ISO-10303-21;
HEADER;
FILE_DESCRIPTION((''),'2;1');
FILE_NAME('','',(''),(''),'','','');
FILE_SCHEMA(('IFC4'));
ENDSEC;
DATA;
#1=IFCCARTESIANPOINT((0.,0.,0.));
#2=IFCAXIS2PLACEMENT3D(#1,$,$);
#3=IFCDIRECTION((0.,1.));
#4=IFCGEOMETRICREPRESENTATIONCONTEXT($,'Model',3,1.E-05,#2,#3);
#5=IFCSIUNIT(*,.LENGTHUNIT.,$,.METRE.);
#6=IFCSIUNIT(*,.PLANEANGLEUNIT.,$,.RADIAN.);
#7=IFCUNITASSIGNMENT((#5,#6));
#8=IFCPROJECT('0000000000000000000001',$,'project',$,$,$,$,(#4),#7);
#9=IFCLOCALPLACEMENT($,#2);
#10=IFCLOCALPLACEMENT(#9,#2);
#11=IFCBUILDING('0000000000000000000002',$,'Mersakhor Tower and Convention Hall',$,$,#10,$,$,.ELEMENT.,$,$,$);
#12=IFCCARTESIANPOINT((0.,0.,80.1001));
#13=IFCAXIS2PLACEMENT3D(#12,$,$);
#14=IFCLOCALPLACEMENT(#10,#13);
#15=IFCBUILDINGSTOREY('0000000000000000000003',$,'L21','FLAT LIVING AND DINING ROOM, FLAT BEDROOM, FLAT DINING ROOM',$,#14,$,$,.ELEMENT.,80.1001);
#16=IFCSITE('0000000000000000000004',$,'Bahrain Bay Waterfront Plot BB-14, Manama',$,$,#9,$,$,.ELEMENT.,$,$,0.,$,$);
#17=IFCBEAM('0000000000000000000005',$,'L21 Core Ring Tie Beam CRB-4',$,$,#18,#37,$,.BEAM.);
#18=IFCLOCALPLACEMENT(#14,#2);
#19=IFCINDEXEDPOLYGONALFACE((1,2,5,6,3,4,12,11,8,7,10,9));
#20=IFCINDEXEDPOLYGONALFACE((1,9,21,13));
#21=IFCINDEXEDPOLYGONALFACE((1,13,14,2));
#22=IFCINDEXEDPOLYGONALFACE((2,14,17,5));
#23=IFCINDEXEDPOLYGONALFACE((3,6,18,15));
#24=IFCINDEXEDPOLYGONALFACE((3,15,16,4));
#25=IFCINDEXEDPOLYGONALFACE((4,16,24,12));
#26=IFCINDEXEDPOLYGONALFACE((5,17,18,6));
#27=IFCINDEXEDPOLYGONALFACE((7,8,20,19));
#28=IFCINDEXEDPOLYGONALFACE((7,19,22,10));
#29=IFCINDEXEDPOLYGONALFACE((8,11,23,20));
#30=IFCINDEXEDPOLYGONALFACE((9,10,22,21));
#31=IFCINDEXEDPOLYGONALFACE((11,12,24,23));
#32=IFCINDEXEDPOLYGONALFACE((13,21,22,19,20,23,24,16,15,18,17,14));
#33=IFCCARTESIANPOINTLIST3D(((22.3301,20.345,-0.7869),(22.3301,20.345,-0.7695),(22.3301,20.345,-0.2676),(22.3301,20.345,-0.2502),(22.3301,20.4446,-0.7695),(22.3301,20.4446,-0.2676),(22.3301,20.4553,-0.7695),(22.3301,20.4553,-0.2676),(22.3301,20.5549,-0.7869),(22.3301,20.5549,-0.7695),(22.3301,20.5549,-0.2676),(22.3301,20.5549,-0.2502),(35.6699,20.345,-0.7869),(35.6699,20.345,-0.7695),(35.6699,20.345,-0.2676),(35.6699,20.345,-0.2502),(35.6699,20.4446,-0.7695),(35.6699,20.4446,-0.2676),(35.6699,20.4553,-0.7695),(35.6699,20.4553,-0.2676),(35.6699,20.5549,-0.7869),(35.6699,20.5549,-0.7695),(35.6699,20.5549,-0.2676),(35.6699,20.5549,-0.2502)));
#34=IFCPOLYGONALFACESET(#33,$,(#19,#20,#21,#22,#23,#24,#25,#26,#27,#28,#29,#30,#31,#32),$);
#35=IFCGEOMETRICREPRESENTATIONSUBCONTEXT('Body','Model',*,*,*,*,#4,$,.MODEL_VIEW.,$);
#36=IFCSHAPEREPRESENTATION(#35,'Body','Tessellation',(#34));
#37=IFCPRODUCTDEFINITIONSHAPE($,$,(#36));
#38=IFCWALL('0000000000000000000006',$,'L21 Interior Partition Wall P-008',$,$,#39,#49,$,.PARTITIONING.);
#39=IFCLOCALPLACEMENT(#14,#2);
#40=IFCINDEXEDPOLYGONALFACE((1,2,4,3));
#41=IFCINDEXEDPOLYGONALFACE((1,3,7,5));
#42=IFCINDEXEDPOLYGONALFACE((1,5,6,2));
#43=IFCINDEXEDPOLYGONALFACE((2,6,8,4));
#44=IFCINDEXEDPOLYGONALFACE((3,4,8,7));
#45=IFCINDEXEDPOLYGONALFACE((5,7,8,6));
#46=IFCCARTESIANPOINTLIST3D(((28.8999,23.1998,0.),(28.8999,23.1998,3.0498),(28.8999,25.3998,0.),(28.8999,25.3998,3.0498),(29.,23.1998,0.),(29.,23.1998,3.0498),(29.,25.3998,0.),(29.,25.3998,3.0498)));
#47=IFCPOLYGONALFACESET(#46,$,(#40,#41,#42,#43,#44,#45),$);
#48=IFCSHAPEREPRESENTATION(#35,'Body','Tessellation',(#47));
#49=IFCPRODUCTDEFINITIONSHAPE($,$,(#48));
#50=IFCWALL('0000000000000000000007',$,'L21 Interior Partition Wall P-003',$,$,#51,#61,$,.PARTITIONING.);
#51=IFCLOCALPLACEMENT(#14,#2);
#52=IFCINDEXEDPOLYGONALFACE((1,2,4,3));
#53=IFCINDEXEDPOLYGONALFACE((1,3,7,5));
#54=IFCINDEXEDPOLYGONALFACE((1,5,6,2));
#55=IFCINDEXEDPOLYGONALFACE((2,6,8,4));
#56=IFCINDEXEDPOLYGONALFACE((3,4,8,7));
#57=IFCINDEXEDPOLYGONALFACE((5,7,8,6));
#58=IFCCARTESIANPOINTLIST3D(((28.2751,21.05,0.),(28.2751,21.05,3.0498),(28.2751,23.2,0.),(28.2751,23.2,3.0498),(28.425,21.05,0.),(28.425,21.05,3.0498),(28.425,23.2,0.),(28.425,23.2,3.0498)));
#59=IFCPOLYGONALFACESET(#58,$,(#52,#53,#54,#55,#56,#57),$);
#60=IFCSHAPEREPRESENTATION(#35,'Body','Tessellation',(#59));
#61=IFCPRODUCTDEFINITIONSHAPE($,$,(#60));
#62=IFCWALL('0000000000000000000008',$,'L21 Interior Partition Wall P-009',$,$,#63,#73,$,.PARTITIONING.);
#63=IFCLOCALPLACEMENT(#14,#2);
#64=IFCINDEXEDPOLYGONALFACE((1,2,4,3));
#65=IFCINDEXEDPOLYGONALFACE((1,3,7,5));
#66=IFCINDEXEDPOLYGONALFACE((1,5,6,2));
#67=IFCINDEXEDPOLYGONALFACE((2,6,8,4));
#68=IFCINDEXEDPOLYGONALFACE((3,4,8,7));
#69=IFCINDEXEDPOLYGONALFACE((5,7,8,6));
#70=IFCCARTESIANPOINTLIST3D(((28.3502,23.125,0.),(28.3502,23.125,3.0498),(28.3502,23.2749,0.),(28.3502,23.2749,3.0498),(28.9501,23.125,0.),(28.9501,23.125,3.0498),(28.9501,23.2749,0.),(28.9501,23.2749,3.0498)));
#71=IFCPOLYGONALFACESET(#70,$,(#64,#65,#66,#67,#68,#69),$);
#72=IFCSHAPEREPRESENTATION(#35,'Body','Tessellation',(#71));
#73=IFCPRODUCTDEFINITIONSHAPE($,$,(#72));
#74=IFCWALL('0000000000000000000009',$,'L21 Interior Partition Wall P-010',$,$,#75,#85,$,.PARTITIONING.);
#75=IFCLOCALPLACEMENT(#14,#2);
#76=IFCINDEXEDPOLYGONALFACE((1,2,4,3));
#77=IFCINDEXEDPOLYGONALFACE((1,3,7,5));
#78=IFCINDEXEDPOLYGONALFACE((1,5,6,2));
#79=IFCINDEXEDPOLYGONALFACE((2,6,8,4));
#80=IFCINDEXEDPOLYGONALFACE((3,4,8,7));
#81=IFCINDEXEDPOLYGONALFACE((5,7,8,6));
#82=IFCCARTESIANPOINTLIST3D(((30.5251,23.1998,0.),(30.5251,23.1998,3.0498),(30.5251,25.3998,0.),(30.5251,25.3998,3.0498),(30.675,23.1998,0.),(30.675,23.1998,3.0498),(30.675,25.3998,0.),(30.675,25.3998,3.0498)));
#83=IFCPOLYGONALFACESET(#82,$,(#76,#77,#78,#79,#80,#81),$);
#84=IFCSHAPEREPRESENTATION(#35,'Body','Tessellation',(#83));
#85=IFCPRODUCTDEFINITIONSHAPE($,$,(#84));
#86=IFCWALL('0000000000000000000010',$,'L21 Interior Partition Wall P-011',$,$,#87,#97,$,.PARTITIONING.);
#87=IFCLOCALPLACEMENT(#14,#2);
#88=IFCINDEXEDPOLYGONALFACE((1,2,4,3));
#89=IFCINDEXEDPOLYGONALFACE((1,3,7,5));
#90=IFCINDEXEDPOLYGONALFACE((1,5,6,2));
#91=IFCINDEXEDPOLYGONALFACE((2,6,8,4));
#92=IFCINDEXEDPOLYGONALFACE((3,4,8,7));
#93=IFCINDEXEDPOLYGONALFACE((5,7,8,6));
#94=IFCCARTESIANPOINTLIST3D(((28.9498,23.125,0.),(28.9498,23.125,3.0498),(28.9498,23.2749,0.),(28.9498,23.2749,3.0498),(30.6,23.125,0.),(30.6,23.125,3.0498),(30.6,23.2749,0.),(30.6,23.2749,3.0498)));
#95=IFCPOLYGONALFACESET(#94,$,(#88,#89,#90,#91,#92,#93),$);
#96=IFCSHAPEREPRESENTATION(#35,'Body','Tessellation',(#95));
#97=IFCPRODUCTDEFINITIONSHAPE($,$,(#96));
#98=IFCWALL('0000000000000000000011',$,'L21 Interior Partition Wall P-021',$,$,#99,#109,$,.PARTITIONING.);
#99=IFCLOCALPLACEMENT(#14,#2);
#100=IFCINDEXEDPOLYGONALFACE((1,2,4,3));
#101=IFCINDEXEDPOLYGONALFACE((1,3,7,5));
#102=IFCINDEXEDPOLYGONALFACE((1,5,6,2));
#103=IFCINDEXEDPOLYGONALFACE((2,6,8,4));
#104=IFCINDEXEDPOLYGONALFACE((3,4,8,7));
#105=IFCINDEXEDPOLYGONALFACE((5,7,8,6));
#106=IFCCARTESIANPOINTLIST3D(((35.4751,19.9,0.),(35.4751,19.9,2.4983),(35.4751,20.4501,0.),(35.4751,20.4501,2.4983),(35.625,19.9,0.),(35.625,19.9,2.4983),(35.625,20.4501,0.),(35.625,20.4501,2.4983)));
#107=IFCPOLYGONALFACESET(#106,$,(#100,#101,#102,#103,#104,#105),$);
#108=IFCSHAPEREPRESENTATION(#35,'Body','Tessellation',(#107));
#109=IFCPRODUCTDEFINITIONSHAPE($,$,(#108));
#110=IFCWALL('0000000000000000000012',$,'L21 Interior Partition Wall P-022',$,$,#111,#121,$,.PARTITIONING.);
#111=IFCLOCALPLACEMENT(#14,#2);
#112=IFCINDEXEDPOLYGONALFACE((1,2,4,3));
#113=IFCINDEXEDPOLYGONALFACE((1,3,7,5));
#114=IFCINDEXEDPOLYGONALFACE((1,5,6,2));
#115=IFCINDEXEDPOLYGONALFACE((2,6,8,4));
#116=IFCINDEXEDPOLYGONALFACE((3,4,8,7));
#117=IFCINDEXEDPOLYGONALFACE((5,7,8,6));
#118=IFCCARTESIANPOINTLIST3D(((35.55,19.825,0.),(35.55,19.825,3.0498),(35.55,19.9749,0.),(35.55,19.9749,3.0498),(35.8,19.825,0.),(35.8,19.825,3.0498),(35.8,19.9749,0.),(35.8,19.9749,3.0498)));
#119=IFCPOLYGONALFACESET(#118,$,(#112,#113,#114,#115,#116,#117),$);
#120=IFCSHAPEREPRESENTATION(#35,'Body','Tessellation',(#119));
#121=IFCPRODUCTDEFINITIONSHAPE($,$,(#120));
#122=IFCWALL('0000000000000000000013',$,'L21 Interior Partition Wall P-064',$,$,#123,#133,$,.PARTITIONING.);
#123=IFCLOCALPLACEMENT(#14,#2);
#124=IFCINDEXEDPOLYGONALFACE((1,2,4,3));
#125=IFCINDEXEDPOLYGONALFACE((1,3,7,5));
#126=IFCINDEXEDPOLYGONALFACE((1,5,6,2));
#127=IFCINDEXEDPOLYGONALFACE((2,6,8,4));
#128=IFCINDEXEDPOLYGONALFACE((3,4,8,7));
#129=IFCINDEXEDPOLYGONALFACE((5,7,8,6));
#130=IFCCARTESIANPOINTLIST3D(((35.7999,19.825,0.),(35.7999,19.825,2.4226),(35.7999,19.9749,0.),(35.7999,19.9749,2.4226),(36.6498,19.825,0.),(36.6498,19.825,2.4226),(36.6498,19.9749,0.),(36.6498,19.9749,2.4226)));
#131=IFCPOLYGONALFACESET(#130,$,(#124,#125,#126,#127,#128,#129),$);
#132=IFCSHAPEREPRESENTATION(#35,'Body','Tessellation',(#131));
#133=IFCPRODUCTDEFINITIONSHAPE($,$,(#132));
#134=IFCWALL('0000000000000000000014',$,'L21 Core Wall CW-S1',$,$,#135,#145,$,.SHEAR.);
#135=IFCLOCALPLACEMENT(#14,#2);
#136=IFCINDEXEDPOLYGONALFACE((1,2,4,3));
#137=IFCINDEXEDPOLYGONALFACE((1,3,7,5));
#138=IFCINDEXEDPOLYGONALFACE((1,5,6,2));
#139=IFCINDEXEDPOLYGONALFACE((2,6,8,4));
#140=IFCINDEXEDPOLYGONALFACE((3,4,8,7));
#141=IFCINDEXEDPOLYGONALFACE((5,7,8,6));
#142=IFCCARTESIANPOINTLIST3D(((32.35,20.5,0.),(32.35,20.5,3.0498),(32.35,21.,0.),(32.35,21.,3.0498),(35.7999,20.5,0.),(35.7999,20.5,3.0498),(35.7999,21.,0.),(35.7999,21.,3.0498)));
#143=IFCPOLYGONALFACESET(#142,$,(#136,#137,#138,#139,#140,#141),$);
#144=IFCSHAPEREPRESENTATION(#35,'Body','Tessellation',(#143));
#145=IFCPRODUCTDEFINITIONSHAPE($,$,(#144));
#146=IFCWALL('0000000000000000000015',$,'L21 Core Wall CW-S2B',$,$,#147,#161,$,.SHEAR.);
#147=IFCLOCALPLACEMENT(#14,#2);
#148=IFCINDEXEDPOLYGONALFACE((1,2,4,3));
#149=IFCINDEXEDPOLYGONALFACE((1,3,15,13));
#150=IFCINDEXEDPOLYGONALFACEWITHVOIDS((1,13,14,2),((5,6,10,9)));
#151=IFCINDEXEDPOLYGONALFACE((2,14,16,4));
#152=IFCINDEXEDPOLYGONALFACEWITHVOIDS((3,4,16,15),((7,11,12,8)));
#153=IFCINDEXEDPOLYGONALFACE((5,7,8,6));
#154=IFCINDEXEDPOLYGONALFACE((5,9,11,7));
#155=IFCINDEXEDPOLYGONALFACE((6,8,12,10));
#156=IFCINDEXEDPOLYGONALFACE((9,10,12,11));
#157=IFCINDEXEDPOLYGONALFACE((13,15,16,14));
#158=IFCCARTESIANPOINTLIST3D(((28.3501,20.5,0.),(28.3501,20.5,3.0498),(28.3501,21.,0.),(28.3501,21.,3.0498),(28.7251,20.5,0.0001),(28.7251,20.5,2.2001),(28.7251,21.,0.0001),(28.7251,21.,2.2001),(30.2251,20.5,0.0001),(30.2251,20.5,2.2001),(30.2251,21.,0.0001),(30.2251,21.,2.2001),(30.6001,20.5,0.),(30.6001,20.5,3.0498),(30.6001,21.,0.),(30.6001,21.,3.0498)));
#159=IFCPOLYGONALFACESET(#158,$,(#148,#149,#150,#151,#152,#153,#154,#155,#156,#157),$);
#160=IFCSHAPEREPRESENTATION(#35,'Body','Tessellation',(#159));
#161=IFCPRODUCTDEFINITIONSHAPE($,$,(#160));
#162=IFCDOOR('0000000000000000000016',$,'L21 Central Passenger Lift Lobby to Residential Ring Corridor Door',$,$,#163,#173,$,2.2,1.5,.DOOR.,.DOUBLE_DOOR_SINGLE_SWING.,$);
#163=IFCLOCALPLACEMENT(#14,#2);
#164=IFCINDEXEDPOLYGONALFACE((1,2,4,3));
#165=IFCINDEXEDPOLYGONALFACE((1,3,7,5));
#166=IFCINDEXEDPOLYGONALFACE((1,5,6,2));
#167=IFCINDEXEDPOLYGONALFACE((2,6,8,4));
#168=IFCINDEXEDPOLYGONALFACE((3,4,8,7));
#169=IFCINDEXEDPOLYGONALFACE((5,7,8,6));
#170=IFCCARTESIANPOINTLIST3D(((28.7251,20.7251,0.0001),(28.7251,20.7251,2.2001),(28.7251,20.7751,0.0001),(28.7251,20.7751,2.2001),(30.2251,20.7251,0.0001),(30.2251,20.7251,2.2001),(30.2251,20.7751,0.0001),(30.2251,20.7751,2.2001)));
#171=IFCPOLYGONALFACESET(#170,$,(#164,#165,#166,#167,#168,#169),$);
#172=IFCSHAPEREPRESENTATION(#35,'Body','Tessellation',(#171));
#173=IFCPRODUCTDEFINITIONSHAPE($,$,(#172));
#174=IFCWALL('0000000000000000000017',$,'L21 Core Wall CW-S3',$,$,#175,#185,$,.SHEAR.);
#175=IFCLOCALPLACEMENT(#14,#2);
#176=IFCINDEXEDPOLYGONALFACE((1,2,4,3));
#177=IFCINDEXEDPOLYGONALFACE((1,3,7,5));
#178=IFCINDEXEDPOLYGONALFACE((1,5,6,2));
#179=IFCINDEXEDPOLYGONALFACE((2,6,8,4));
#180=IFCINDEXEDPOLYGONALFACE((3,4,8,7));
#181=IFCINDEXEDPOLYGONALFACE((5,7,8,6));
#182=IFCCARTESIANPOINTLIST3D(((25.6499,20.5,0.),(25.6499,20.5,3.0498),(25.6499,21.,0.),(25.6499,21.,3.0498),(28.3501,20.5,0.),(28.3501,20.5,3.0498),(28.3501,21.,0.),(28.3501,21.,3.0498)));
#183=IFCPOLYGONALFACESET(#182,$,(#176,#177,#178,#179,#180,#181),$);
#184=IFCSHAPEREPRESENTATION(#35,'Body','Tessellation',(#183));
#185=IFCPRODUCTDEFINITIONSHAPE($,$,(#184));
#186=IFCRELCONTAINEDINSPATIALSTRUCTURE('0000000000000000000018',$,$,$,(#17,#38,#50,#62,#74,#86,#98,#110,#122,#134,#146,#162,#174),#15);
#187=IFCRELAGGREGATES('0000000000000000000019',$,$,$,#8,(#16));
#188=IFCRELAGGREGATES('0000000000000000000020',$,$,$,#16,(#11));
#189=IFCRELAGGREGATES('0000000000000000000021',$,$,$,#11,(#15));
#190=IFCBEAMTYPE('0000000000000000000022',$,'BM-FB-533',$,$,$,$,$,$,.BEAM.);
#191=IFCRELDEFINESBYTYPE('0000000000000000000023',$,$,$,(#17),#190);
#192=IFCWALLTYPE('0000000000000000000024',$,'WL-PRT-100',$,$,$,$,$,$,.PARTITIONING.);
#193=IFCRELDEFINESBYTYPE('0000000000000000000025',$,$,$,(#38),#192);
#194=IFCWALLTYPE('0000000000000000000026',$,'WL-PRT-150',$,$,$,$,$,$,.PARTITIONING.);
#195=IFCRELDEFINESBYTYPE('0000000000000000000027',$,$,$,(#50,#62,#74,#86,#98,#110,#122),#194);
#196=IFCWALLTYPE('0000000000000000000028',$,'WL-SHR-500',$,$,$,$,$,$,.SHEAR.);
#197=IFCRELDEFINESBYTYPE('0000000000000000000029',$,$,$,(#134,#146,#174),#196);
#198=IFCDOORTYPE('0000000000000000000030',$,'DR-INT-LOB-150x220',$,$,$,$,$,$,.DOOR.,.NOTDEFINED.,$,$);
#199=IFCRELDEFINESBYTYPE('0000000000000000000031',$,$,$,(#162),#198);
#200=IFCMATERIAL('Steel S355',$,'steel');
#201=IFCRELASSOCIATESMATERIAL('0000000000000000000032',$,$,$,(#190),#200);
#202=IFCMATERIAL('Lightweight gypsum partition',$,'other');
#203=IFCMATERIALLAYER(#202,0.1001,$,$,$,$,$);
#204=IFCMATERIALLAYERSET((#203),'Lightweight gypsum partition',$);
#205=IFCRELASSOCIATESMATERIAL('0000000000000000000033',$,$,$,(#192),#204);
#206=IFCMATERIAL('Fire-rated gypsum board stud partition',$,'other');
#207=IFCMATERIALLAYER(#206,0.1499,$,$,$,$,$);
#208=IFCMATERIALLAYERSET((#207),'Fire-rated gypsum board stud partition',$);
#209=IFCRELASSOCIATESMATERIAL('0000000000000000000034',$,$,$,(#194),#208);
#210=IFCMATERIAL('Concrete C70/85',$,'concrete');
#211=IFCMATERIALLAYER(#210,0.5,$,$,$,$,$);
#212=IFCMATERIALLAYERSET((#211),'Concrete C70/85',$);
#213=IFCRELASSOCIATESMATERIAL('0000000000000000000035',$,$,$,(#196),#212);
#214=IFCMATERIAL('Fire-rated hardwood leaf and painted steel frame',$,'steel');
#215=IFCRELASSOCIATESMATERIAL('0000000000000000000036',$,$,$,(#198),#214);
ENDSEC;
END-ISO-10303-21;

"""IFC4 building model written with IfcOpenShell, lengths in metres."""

from ifc_helpers import new_model, si_unit, direction, frame, frame_2d, origin, origin_2d, place, context, subcontext, project, spatial, rectangle, i_section, extrude, material, layer, layer_set, material_profile, profile_set, type_object, element, fill, save


model = new_model("IFC4")

# Units and contexts
model_context = context("Model", 3, precision=1e-05, world=origin(), true_north=direction((0.0, 1.0)))
body_context = subcontext(model_context, "Body", "Model", "MODEL_VIEW")
ifc_project = project(units=[si_unit("LENGTHUNIT", "METRE"), si_unit("PLANEANGLEUNIT", "RADIAN")], contexts=[model_context])

# Site, building, storey
site_placement = place(None, origin())
site = spatial("IfcSite", under=ifc_project, at=site_placement, Name="Bahrain Bay Waterfront Plot BB-14, Manama", CompositionType="ELEMENT", RefElevation=0.0)
building_placement = place(site_placement, origin())
building = spatial("IfcBuilding", under=site, at=building_placement, Name="Mersakhor Tower and Convention Hall", CompositionType="ELEMENT")
storey_placement = place(building_placement, frame((0.0, 0.0, 80.1001)))
storey = spatial("IfcBuildingStorey", under=building, at=storey_placement, Name="L21", Description="FLAT LIVING AND DINING ROOM, FLAT BEDROOM, FLAT DINING ROOM", CompositionType="ELEMENT", Elevation=80.1001)

# Beam
ifc_material_1 = material(Name="Steel S355", Category="steel")
ifc_material_profile = material_profile(ifc_material_1, i_section(OverallWidth=0.21, OverallDepth=0.5366, WebThickness=0.0107, FlangeThickness=0.0173, at=origin_2d()), Name="UB 533x210x101")
ifc_profile_set = profile_set([ifc_material_profile], Name="Steel S355")
beam_type = type_object("IfcBeamType", Name="BM-FB-533", PredefinedType="BEAM", material=ifc_profile_set)
beam_placement = place(storey_placement, frame((35.6699, 20.45, -0.5186), z_axis=(-1.0, 0.0, 0.0), x_axis=(0.0, -1.0, 0.0)))
element("IfcBeam", 1, at=beam_placement, inside=storey, type_object=beam_type, Name="L21 Core Ring Tie Beam CRB-4", PredefinedType="BEAM", context=body_context, shape_type="SweptSolid", body=[
    extrude(i_section(OverallWidth=0.21, OverallDepth=0.5366, WebThickness=0.0107, FlangeThickness=0.0173, at=origin_2d()), origin(), (0.0, 0.0, 1.0), 13.3398),
])

# Walls
ifc_material_2 = material(Name="Lightweight gypsum partition", Category="other")
ifc_layer_1 = layer(ifc_material_2, 0.1001)
ifc_layer_set_1 = layer_set([ifc_layer_1], Name="Lightweight gypsum partition")
wall_type_1 = type_object("IfcWallType", Name="WL-PRT-100", PredefinedType="PARTITIONING", material=ifc_layer_set_1)
wall_1_placement = place(storey_placement, frame((28.95, 25.3999, 0.0), z_axis=(0.0, 0.0, 1.0), x_axis=(0.0, -1.0, 0.0)))
element("IfcWall", 2, at=wall_1_placement, inside=storey, type_object=wall_type_1, Name="L21 Interior Partition Wall P-008", PredefinedType="PARTITIONING", context=body_context, shape_type="SweptSolid", body=[
    extrude(rectangle(XDim=2.2, YDim=0.1001, at=frame_2d((1.1001, 0.0))), origin(), (0.0, 0.0, 1.0), 3.0498),
])
ifc_material_3 = material(Name="Fire-rated gypsum board stud partition", Category="other")
ifc_layer_2 = layer(ifc_material_3, 0.1499)
ifc_layer_set_2 = layer_set([ifc_layer_2], Name="Fire-rated gypsum board stud partition")
wall_type_2 = type_object("IfcWallType", Name="WL-PRT-150", PredefinedType="PARTITIONING", material=ifc_layer_set_2)
wall_2_placement = place(storey_placement, frame((28.3501, 23.2, 0.0), z_axis=(0.0, 0.0, 1.0), x_axis=(0.0, -1.0, 0.0)))
element("IfcWall", 3, at=wall_2_placement, inside=storey, type_object=wall_type_2, Name="L21 Interior Partition Wall P-003", PredefinedType="PARTITIONING", context=body_context, shape_type="SweptSolid", body=[
    extrude(rectangle(XDim=2.1499, YDim=0.1499, at=frame_2d((1.075, 0.0))), origin(), (0.0, 0.0, 1.0), 3.0498),
])
wall_3_placement = place(storey_placement, frame((28.95, 23.2, 0.0), z_axis=(0.0, 0.0, 1.0), x_axis=(-1.0, 0.0, 0.0)))
element("IfcWall", 4, at=wall_3_placement, inside=storey, type_object=wall_type_2, Name="L21 Interior Partition Wall P-009", PredefinedType="PARTITIONING", context=body_context, shape_type="SweptSolid", body=[
    extrude(rectangle(XDim=0.5999, YDim=0.1499, at=frame_2d((0.2998, 0.0))), origin(), (0.0, 0.0, 1.0), 3.0498),
])
wall_4_placement = place(storey_placement, frame((30.6001, 25.3999, 0.0), z_axis=(0.0, 0.0, 1.0), x_axis=(0.0, -1.0, 0.0)))
element("IfcWall", 5, at=wall_4_placement, inside=storey, type_object=wall_type_2, Name="L21 Interior Partition Wall P-010", PredefinedType="PARTITIONING", context=body_context, shape_type="SweptSolid", body=[
    extrude(rectangle(XDim=2.2, YDim=0.1499, at=frame_2d((1.1001, 0.0))), origin(), (0.0, 0.0, 1.0), 3.0498),
])
wall_5_placement = place(storey_placement, frame((30.6001, 23.2, 0.0), z_axis=(0.0, 0.0, 1.0), x_axis=(-1.0, 0.0, 0.0)))
element("IfcWall", 6, at=wall_5_placement, inside=storey, type_object=wall_type_2, Name="L21 Interior Partition Wall P-011", PredefinedType="PARTITIONING", context=body_context, shape_type="SweptSolid", body=[
    extrude(rectangle(XDim=1.6501, YDim=0.1499, at=frame_2d((0.8252, 0.0))), origin(), (0.0, 0.0, 1.0), 3.0498),
])
wall_6_placement = place(storey_placement, frame((35.55, 20.45, 0.0), z_axis=(0.0, 0.0, 1.0), x_axis=(0.0, -1.0, 0.0)))
element("IfcWall", 7, at=wall_6_placement, inside=storey, type_object=wall_type_2, Name="L21 Interior Partition Wall P-021", PredefinedType="PARTITIONING", context=body_context, shape_type="SweptSolid", body=[
    extrude(rectangle(XDim=0.55, YDim=0.1499, at=frame_2d((0.2749, 0.0))), origin(), (0.0, 0.0, 1.0), 2.4983),
])
wall_7_placement = place(storey_placement, frame((35.55, 19.8999, 0.0), z_axis=(0.0, 0.0, 1.0), x_axis=(1.0, 0.0, 0.0)))
element("IfcWall", 8, at=wall_7_placement, inside=storey, type_object=wall_type_2, Name="L21 Interior Partition Wall P-022", PredefinedType="PARTITIONING", context=body_context, shape_type="SweptSolid", body=[
    extrude(rectangle(XDim=0.25, YDim=0.1499, at=frame_2d((0.125, 0.0))), origin(), (0.0, 0.0, 1.0), 3.0498),
])

# Walls
wall_8_placement = place(storey_placement, frame((35.8, 19.8999, 0.0), z_axis=(0.0, 0.0, 1.0), x_axis=(1.0, 0.0, 0.0)))
element("IfcWall", 9, at=wall_8_placement, inside=storey, type_object=wall_type_2, Name="L21 Interior Partition Wall P-064", PredefinedType="PARTITIONING", context=body_context, shape_type="SweptSolid", body=[
    extrude(rectangle(XDim=0.8499, YDim=0.1499, at=frame_2d((0.4248, 0.0))), origin(), (0.0, 0.0, 1.0), 2.4226),
])
ifc_material_4 = material(Name="Concrete C70/85", Category="concrete")
ifc_layer_3 = layer(ifc_material_4, 0.5)
ifc_layer_set_3 = layer_set([ifc_layer_3], Name="Concrete C70/85")
wall_type_3 = type_object("IfcWallType", Name="WL-SHR-500", PredefinedType="SHEAR", material=ifc_layer_set_3)
wall_9_placement = place(storey_placement, frame((35.8, 20.75, 0.0), z_axis=(0.0, 0.0, 1.0), x_axis=(-1.0, 0.0, 0.0)))
element("IfcWall", 10, at=wall_9_placement, inside=storey, type_object=wall_type_3, Name="L21 Core Wall CW-S1", PredefinedType="SHEAR", context=body_context, shape_type="SweptSolid", body=[
    extrude(rectangle(XDim=3.45, YDim=0.5, at=frame_2d((1.7251, 0.0))), origin(), (0.0, 0.0, 1.0), 3.0498),
])

# Wall, opening, door
wall_10_placement = place(storey_placement, frame((30.6001, 20.75, 0.0), z_axis=(0.0, 0.0, 1.0), x_axis=(-1.0, 0.0, 0.0)))
wall_10 = element("IfcWall", 11, at=wall_10_placement, inside=storey, type_object=wall_type_3, Name="L21 Core Wall CW-S2B", PredefinedType="SHEAR", context=body_context, shape_type="SweptSolid", body=[
    extrude(rectangle(XDim=2.25, YDim=0.5, at=frame_2d((1.125, 0.0))), origin(), (0.0, 0.0, 1.0), 3.0498),
])
opening_1_placement = place(wall_10_placement, frame((0.375, 0.0, 0.0)))
opening_1 = element("IfcOpeningElement", 12, at=opening_1_placement, cuts=wall_10, PredefinedType="OPENING", context=body_context, shape_type="SweptSolid", body=[
    extrude(rectangle(XDim=1.5, YDim=2.2, at=frame_2d((0.75, 1.1001))), frame((0.0, 0.26, 0.0), z_axis=(0.0, -1.0, 0.0), x_axis=(1.0, 0.0, 0.0)), (0.0, 0.0, 1.0), 0.52),
])
ifc_material_5 = material(Name="Fire-rated hardwood leaf and painted steel frame", Category="steel")
door_type_1 = type_object("IfcDoorType", Name="DR-INT-LOB-150x220", OperationType="NOTDEFINED", PredefinedType="DOOR", material=ifc_material_5)
door_1_placement = place(opening_1_placement, origin())
door_1 = element("IfcDoor", 13, at=door_1_placement, inside=storey, type_object=door_type_1, Name="L21 Central Passenger Lift Lobby to Residential Ring Corridor Door", OperationType="DOUBLE_DOOR_SINGLE_SWING", OverallHeight=2.2, OverallWidth=1.5, PredefinedType="DOOR", context=body_context, shape_type="SweptSolid", body=[
    extrude(rectangle(XDim=1.5, YDim=2.2, at=frame_2d((0.75, 1.1001))), frame((0.0, 0.0249, 0.0), z_axis=(0.0, -1.0, 0.0), x_axis=(1.0, 0.0, 0.0)), (0.0, 0.0, 1.0), 0.05),
])
fill(opening_1, door_1)

# Wall
wall_11_placement = place(storey_placement, frame((28.3501, 20.75, 0.0), z_axis=(0.0, 0.0, 1.0), x_axis=(-1.0, 0.0, 0.0)))
element("IfcWall", 14, at=wall_11_placement, inside=storey, type_object=wall_type_3, Name="L21 Core Wall CW-S3", PredefinedType="SHEAR", context=body_context, shape_type="SweptSolid", body=[
    extrude(rectangle(XDim=2.7002, YDim=0.5, at=frame_2d((1.3501, 0.0))), origin(), (0.0, 0.0, 1.0), 3.0498),
])

save(model, "model.ifc")
